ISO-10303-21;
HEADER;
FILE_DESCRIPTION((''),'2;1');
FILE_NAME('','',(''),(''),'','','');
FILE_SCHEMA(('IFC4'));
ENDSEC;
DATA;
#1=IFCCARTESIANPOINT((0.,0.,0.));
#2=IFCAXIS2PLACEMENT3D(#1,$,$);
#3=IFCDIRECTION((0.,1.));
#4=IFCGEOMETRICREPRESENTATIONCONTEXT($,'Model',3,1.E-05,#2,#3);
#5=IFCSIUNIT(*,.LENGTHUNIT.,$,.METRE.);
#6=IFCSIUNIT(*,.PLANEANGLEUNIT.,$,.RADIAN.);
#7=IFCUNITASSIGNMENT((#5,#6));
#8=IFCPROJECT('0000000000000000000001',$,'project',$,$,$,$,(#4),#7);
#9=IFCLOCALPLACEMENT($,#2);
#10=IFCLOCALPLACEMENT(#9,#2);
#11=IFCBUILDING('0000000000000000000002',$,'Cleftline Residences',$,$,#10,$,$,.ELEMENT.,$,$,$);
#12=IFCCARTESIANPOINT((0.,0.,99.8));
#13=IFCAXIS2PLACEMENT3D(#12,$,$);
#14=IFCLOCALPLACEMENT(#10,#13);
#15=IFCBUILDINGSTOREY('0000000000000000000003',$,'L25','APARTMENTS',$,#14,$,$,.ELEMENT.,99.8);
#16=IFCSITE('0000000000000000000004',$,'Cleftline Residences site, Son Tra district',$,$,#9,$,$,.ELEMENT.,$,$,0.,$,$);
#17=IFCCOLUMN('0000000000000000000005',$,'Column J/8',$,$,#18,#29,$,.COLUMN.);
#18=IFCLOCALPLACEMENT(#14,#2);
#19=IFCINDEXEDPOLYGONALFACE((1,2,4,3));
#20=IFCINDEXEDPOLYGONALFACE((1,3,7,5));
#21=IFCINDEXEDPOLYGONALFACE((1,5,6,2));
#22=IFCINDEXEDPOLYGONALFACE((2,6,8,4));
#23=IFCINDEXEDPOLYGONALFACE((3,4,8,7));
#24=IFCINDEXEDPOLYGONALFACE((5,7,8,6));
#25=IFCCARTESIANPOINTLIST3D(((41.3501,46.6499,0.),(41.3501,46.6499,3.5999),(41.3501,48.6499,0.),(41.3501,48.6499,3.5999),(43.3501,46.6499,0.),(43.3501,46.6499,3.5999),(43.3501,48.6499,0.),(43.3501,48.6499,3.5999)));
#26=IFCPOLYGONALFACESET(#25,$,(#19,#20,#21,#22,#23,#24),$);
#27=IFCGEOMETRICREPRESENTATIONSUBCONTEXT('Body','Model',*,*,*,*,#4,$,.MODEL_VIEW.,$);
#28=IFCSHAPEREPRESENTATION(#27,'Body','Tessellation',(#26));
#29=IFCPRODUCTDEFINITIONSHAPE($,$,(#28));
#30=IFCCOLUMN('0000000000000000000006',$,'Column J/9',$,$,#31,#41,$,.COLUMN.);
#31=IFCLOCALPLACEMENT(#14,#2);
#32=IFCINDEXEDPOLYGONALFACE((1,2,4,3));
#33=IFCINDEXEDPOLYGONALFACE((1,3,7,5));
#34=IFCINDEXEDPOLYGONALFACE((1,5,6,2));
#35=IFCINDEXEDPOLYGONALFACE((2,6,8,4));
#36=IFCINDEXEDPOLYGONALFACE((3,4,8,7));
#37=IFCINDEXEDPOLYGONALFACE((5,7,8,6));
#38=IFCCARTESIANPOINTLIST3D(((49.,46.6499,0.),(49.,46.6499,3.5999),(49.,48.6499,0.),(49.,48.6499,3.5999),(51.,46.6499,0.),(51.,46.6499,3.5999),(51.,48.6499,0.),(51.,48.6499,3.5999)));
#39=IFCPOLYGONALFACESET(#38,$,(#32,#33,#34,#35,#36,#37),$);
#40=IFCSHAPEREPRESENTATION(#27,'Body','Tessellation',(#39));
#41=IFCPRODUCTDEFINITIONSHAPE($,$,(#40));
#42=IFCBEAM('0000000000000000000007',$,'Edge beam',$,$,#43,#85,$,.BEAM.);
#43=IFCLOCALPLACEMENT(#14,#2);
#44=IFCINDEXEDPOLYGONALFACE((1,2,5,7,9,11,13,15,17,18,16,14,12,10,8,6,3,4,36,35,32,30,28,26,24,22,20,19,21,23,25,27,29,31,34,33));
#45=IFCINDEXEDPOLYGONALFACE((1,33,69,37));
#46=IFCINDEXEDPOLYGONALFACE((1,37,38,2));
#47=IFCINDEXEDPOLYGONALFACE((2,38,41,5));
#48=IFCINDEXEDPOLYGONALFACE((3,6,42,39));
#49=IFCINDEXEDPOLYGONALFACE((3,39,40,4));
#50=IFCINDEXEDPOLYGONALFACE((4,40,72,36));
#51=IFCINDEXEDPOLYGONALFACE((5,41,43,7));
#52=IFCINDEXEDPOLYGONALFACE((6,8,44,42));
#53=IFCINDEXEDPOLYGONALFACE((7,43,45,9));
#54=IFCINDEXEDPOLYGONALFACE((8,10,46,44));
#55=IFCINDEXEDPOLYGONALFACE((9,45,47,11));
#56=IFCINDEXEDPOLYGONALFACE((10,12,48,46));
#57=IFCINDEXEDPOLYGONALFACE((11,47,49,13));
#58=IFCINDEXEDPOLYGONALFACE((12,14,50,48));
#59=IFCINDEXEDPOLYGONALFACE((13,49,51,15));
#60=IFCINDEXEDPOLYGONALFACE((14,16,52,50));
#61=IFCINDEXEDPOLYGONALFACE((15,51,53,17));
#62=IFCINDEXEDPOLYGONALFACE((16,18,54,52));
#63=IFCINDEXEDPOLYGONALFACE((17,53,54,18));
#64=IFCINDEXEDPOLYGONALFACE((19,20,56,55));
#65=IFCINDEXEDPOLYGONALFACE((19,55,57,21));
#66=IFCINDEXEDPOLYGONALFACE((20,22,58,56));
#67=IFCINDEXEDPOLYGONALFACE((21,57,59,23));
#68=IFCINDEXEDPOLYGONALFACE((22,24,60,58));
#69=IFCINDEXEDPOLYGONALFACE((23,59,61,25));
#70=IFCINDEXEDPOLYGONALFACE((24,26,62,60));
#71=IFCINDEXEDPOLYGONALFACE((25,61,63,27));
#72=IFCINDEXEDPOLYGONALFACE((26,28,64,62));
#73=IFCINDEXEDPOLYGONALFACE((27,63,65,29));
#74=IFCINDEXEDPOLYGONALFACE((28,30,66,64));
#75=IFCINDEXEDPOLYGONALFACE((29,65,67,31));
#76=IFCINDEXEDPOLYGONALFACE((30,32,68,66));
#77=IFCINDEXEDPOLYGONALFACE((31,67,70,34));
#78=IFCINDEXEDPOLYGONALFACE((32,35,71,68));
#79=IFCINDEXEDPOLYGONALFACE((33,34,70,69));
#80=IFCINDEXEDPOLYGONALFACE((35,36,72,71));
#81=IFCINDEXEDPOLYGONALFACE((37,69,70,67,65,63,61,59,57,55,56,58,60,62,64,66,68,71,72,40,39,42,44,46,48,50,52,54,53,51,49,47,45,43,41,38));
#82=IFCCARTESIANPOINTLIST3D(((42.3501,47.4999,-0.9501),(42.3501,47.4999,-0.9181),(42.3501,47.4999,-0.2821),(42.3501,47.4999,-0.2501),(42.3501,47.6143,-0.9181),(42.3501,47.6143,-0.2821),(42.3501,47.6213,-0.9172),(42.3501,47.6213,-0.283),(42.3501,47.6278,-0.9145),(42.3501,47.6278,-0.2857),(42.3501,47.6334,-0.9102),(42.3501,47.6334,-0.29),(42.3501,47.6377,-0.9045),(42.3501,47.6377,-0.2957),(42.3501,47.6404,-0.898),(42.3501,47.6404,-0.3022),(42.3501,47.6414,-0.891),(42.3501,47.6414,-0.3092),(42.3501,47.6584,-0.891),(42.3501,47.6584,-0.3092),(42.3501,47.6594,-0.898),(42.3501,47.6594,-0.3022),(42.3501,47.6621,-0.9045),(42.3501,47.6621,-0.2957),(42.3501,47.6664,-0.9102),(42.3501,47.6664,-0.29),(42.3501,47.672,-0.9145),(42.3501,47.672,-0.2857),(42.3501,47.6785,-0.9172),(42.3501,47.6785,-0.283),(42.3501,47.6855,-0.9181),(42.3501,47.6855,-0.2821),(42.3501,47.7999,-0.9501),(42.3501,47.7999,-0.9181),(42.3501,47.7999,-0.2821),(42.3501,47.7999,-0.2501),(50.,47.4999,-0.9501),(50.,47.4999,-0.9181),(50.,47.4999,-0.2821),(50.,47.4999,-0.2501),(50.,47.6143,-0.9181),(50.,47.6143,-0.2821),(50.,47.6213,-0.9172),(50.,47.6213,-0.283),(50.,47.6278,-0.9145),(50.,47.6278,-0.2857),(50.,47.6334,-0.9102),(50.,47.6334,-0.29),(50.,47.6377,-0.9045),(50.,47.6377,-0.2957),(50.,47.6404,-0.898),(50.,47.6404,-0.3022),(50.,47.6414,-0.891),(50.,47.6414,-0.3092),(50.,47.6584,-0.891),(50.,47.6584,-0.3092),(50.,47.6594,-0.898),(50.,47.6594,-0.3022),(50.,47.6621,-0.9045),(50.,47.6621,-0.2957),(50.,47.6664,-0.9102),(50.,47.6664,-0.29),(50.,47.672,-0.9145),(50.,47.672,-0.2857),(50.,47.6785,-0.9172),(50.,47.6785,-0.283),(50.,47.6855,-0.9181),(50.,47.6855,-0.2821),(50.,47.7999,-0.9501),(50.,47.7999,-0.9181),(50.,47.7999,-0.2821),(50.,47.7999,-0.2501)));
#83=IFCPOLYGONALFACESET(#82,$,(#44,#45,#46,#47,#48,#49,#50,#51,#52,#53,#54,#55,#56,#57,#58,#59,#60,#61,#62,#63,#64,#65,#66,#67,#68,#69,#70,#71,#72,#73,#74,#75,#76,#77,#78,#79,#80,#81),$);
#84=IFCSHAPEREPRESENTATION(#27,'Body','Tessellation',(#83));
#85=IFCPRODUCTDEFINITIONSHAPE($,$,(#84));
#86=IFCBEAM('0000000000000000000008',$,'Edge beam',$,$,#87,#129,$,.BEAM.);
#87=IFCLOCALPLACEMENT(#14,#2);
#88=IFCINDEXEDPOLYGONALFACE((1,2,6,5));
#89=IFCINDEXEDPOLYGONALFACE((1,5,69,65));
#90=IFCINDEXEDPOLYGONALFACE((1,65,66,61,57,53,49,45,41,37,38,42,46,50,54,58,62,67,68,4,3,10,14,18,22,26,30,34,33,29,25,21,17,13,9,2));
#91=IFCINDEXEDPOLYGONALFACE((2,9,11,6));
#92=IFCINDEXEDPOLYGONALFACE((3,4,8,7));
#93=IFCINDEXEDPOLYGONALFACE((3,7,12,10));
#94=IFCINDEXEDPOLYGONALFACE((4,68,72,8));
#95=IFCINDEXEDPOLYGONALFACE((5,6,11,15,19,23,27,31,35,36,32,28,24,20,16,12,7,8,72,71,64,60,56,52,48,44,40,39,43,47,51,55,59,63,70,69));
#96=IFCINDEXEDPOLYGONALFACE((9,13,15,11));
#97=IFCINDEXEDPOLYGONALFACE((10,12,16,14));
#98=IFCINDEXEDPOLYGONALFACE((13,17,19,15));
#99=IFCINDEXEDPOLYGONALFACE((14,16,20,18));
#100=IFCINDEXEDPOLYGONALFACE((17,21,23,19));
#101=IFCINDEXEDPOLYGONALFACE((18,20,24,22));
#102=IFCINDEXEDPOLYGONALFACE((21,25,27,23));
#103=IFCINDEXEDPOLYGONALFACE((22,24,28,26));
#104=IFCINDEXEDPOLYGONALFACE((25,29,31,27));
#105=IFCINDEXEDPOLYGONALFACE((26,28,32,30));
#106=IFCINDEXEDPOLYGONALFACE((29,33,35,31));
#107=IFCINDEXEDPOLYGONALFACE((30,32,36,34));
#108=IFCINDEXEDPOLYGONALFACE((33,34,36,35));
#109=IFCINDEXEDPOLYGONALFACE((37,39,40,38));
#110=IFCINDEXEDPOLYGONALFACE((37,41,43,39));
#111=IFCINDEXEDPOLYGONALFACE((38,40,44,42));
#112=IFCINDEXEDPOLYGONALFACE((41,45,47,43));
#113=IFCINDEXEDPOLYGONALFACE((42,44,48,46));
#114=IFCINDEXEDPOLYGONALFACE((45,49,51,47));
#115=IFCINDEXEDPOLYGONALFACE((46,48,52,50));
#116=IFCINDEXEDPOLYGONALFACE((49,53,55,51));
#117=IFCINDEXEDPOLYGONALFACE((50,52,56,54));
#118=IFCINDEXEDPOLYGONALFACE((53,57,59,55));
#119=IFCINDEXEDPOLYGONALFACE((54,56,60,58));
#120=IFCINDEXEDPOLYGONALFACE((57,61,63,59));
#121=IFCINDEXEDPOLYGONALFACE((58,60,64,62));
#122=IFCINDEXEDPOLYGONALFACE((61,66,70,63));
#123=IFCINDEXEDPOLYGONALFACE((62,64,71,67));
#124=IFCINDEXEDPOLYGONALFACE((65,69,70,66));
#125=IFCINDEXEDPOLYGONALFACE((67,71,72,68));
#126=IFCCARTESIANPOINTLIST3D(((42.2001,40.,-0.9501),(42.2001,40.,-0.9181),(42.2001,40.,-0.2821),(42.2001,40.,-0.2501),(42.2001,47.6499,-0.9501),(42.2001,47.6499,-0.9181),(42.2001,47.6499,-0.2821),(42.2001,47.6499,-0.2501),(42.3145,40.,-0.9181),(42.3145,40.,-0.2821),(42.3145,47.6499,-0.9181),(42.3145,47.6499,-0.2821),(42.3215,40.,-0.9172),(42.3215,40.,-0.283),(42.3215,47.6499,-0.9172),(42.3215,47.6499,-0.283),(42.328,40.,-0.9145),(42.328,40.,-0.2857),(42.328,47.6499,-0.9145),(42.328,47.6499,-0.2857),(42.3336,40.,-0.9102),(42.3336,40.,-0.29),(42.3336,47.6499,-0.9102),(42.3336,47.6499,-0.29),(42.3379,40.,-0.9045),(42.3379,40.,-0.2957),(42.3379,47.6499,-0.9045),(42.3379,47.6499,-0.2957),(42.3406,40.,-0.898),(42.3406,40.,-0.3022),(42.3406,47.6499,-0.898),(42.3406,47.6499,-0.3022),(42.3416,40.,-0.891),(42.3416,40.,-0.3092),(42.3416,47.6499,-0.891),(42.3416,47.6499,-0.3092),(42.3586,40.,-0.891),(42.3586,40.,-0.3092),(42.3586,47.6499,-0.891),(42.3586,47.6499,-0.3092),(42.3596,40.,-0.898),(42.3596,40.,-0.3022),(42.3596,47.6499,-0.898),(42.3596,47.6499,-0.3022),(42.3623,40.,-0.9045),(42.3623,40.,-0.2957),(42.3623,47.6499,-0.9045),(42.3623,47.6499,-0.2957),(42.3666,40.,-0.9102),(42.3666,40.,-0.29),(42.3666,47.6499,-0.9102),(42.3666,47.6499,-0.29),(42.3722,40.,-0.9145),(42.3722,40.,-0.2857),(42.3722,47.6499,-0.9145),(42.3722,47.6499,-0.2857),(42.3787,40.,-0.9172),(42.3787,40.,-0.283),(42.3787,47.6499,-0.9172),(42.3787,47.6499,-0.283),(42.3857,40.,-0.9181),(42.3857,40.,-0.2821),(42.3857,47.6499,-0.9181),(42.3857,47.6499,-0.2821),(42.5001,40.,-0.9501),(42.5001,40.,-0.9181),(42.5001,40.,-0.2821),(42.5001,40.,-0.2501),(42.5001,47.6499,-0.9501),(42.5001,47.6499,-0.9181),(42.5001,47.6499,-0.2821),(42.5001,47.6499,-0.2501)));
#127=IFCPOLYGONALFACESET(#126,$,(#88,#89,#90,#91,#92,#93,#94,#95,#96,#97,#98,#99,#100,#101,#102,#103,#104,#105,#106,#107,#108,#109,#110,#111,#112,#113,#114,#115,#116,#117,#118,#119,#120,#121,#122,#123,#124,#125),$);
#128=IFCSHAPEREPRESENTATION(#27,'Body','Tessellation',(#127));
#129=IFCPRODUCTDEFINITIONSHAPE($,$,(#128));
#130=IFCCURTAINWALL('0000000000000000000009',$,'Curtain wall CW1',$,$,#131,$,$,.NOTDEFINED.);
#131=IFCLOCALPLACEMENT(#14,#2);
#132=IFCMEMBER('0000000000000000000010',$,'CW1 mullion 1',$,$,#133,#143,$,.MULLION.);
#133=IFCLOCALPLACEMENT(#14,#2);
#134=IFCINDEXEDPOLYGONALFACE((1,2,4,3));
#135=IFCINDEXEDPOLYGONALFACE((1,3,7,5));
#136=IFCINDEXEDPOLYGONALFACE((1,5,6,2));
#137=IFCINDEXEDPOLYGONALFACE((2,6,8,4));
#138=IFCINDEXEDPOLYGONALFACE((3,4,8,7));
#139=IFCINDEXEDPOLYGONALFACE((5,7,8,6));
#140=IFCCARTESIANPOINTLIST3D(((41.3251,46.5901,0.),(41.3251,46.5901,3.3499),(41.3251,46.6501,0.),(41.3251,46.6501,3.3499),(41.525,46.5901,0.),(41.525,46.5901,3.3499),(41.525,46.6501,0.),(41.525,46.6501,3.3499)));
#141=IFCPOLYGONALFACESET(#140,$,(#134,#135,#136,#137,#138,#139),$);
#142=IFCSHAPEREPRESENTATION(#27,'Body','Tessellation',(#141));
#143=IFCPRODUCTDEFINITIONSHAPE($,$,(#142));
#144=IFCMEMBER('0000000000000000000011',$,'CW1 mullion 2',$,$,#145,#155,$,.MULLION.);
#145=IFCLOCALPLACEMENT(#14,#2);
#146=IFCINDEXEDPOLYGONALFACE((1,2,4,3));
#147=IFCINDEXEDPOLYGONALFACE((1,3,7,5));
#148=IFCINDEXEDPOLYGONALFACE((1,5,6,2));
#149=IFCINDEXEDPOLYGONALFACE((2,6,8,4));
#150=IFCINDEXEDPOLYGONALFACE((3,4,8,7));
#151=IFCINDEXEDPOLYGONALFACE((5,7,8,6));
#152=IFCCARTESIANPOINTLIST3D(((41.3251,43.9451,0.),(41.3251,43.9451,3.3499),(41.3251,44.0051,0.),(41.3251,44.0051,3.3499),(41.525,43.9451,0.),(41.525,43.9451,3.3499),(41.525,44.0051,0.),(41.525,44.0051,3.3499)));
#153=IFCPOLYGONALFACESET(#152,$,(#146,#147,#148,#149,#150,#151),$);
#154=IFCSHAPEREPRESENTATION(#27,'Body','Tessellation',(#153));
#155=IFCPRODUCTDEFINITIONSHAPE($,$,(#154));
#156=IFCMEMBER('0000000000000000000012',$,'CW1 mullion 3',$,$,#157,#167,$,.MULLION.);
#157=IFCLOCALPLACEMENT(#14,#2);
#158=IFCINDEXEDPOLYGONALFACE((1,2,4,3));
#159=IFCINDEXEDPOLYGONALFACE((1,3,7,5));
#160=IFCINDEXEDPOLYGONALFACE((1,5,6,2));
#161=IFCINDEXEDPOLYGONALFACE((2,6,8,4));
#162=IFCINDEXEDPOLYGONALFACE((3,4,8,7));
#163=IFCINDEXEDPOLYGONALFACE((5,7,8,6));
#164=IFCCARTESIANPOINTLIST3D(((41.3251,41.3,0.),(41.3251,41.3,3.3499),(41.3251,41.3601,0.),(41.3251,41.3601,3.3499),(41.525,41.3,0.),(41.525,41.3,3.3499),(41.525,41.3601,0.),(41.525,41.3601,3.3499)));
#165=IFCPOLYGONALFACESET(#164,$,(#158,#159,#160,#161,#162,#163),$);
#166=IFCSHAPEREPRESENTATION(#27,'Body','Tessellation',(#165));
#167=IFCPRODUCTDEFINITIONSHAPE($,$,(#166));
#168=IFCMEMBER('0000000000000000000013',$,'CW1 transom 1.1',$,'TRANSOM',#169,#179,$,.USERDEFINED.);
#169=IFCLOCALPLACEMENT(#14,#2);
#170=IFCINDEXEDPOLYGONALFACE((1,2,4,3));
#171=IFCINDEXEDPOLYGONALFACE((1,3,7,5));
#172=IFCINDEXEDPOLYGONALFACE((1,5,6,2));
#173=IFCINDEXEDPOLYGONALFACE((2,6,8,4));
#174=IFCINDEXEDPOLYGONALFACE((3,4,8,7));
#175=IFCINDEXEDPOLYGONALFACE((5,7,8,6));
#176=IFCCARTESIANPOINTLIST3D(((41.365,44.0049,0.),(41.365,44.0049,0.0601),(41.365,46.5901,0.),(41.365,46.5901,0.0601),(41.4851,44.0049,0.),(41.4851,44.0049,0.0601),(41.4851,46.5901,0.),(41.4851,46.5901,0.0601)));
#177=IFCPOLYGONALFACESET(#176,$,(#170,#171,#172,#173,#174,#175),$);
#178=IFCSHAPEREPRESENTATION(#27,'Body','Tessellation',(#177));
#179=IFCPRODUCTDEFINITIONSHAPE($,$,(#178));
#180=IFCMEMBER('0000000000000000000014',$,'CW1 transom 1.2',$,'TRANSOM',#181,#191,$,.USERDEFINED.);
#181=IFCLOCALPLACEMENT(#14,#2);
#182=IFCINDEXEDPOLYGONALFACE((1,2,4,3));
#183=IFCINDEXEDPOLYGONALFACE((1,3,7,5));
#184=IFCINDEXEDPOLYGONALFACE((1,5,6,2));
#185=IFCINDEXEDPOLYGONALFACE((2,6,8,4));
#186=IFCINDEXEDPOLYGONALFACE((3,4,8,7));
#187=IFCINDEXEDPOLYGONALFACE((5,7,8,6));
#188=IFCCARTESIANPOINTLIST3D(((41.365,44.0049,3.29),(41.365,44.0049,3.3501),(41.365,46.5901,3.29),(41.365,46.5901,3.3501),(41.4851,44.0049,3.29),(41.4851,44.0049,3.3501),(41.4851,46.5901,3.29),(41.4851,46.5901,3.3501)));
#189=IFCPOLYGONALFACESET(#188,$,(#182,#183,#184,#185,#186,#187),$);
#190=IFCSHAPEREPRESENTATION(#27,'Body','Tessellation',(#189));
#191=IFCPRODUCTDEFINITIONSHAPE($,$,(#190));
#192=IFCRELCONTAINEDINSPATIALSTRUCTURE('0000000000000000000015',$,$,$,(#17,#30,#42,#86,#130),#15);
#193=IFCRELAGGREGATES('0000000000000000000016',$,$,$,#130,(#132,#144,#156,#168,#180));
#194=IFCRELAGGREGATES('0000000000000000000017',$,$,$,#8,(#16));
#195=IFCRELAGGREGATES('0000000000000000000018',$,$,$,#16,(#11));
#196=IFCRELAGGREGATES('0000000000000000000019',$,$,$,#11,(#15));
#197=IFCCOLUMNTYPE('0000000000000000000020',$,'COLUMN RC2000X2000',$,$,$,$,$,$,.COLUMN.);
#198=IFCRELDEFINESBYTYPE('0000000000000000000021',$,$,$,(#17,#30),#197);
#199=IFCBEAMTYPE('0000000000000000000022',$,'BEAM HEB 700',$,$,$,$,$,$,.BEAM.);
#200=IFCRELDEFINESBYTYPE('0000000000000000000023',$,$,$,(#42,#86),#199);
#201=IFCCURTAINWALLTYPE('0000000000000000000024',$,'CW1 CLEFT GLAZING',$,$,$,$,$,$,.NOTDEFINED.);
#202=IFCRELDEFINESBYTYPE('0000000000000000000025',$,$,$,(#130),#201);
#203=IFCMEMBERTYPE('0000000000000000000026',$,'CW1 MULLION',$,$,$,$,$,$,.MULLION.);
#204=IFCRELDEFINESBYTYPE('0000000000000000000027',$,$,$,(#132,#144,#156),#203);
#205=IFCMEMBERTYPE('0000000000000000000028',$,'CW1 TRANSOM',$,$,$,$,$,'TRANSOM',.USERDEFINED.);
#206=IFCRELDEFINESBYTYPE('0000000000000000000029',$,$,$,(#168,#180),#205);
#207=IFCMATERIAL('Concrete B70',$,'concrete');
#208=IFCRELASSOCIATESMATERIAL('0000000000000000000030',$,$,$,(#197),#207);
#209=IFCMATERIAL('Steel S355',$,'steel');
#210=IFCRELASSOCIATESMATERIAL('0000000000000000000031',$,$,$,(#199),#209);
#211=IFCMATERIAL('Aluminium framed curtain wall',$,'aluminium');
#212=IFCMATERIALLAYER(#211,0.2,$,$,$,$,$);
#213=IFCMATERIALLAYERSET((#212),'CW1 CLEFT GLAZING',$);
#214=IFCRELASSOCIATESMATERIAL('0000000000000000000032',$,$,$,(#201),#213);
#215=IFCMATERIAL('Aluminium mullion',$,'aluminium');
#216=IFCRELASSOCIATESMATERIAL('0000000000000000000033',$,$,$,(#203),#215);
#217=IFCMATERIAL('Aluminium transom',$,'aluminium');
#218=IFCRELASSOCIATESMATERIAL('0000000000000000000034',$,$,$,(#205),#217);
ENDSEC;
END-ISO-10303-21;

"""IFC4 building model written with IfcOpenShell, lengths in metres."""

from ifc_helpers import new_model, si_unit, direction, frame, origin, origin_2d, place, context, subcontext, project, spatial, rectangle, i_section, extrude, material, layer, layer_set, material_profile, profile_set, type_object, element, aggregate, save


model = new_model("IFC4")

# Units and contexts
model_context = context("Model", 3, precision=1e-05, world=origin(), true_north=direction((0.0, 1.0)))
body_context = subcontext(model_context, "Body", "Model", "MODEL_VIEW")
ifc_project = project(units=[si_unit("LENGTHUNIT", "METRE"), si_unit("PLANEANGLEUNIT", "RADIAN")], contexts=[model_context])

# Site, building, storey
site_placement = place(None, origin())
site = spatial("IfcSite", under=ifc_project, at=site_placement, Name="Cleftline Residences site, Son Tra district", CompositionType="ELEMENT", RefElevation=0.0)
building_placement = place(site_placement, origin())
building = spatial("IfcBuilding", under=site, at=building_placement, Name="Cleftline Residences", CompositionType="ELEMENT")
storey_placement = place(building_placement, frame((0.0, 0.0, 99.8)))
storey = spatial("IfcBuildingStorey", under=building, at=storey_placement, Name="L25", Description="APARTMENTS", CompositionType="ELEMENT", Elevation=99.8)

# Columns
ifc_material_1 = material(Name="Concrete B70", Category="concrete")
ifc_material_profile_1 = material_profile(ifc_material_1, rectangle(XDim=2.0, YDim=2.0, at=origin_2d()))
ifc_profile_set_1 = profile_set([ifc_material_profile_1], Name="Concrete B70")
column_type = type_object("IfcColumnType", Name="COLUMN RC2000X2000", PredefinedType="COLUMN", material=ifc_profile_set_1)
for number, where, z_axis, x_axis, name in (
    (1, (42.3501, 47.6499, 0.0), (0.0, 0.0, 1.0), (1.0, 0.0, 0.0), "Column J/8"),
    (2, (50.0, 47.6499, 0.0), (0.0, 0.0, 1.0), (1.0, 0.0, 0.0), "Column J/9"),
):
    element("IfcColumn", number, at=place(storey_placement, frame(where, z_axis=z_axis, x_axis=x_axis)), inside=storey, type_object=column_type, Name=name, PredefinedType="COLUMN", context=body_context, shape_type="SweptSolid", body=[
        extrude(rectangle(XDim=2.0, YDim=2.0, at=origin_2d()), origin(), (0.0, 0.0, 1.0), 3.5999),
    ])

# Beams
ifc_material_2 = material(Name="Steel S355", Category="steel")
ifc_material_profile_2 = material_profile(ifc_material_2, i_section(OverallWidth=0.3, OverallDepth=0.7, WebThickness=0.0171, FlangeThickness=0.032, FilletRadius=0.0271, at=origin_2d()))
ifc_profile_set_2 = profile_set([ifc_material_profile_2], Name="Steel S355")
beam_type = type_object("IfcBeamType", Name="BEAM HEB 700", PredefinedType="BEAM", material=ifc_profile_set_2)
for number, where, z_axis, x_axis, name in (
    (3, (50.0, 47.6499, -0.6001), (-1.0, 0.0, 0.0), (0.0, -1.0, 0.0), "Edge beam"),
    (4, (42.3501, 47.6499, -0.6001), (0.0, -1.0, 0.0), (1.0, 0.0, 0.0), "Edge beam"),
):
    element("IfcBeam", number, at=place(storey_placement, frame(where, z_axis=z_axis, x_axis=x_axis)), inside=storey, type_object=beam_type, Name=name, PredefinedType="BEAM", context=body_context, shape_type="SweptSolid", body=[
        extrude(i_section(OverallWidth=0.3, OverallDepth=0.7, WebThickness=0.0171, FlangeThickness=0.032, FilletRadius=0.0271, at=origin_2d()), origin(), (0.0, 0.0, 1.0), 7.6499),
    ])

# Curtain wall, members
ifc_material_3 = material(Name="Aluminium framed curtain wall", Category="aluminium")
ifc_layer_1 = layer(ifc_material_3, 0.2)
ifc_layer_set_1 = layer_set([ifc_layer_1], Name="CW1 CLEFT GLAZING")
curtain_wall_type = type_object("IfcCurtainWallType", Name="CW1 CLEFT GLAZING", PredefinedType="NOTDEFINED", material=ifc_layer_set_1)
curtain_wall_placement = place(storey_placement, origin())
curtain_wall = element("IfcCurtainWall", 5, at=curtain_wall_placement, inside=storey, type_object=curtain_wall_type, Name="Curtain wall CW1", PredefinedType="NOTDEFINED")
ifc_material_4 = material(Name="Aluminium mullion", Category="aluminium")
ifc_material_profile_3 = material_profile(ifc_material_4, rectangle(XDim=0.2, YDim=0.0601, at=origin_2d()))
ifc_profile_set_3 = profile_set([ifc_material_profile_3], Name="Aluminium mullion")
member_type_1 = type_object("IfcMemberType", Name="CW1 MULLION", PredefinedType="MULLION", material=ifc_profile_set_3)
member_1_placement = place(storey_placement, frame((41.425, 46.6201, 0.0), z_axis=(0.0, 0.0, 1.0), x_axis=(1.0, 0.0, 0.0)))
member_1 = element("IfcMember", 6, at=member_1_placement, type_object=member_type_1, Name="CW1 mullion 1", PredefinedType="MULLION", context=body_context, shape_type="SweptSolid", body=[
    extrude(rectangle(XDim=0.2, YDim=0.0601, at=origin_2d()), origin(), (0.0, 0.0, 1.0), 3.3499),
])
member_2_placement = place(storey_placement, frame((41.425, 43.9751, 0.0), z_axis=(0.0, 0.0, 1.0), x_axis=(1.0, 0.0, 0.0)))
member_2 = element("IfcMember", 7, at=member_2_placement, type_object=member_type_1, Name="CW1 mullion 2", PredefinedType="MULLION", context=body_context, shape_type="SweptSolid", body=[
    extrude(rectangle(XDim=0.2, YDim=0.0601, at=origin_2d()), origin(), (0.0, 0.0, 1.0), 3.3499),
])
member_3_placement = place(storey_placement, frame((41.425, 41.3301, 0.0), z_axis=(0.0, 0.0, 1.0), x_axis=(1.0, 0.0, 0.0)))
member_3 = element("IfcMember", 8, at=member_3_placement, type_object=member_type_1, Name="CW1 mullion 3", PredefinedType="MULLION", context=body_context, shape_type="SweptSolid", body=[
    extrude(rectangle(XDim=0.2, YDim=0.0601, at=origin_2d()), origin(), (0.0, 0.0, 1.0), 3.3499),
])
ifc_material_5 = material(Name="Aluminium transom", Category="aluminium")
ifc_material_profile_4 = material_profile(ifc_material_5, rectangle(XDim=0.1201, YDim=0.0601, at=origin_2d()))
ifc_profile_set_4 = profile_set([ifc_material_profile_4], Name="Aluminium transom")
member_type_2 = type_object("IfcMemberType", Name="CW1 TRANSOM", ElementType="TRANSOM", PredefinedType="USERDEFINED", material=ifc_profile_set_4)
member_4_placement = place(storey_placement, frame((41.425, 46.5901, 0.03), z_axis=(0.0, -1.0, 0.0), x_axis=(1.0, 0.0, 0.0)))
member_4 = element("IfcMember", 9, at=member_4_placement, type_object=member_type_2, Name="CW1 transom 1.1", ObjectType="TRANSOM", PredefinedType="USERDEFINED", context=body_context, shape_type="SweptSolid", body=[
    extrude(rectangle(XDim=0.1201, YDim=0.0601, at=origin_2d()), origin(), (0.0, 0.0, 1.0), 2.5852),
])
member_5_placement = place(storey_placement, frame((41.425, 46.5901, 3.3201), z_axis=(0.0, -1.0, 0.0), x_axis=(1.0, 0.0, 0.0)))
member_5 = element("IfcMember", 10, at=member_5_placement, type_object=member_type_2, Name="CW1 transom 1.2", ObjectType="TRANSOM", PredefinedType="USERDEFINED", context=body_context, shape_type="SweptSolid", body=[
    extrude(rectangle(XDim=0.1201, YDim=0.0601, at=origin_2d()), origin(), (0.0, 0.0, 1.0), 2.5852),
])
aggregate(curtain_wall, [member_1, member_2, member_3, member_4, member_5])

save(model, "model.ifc")
